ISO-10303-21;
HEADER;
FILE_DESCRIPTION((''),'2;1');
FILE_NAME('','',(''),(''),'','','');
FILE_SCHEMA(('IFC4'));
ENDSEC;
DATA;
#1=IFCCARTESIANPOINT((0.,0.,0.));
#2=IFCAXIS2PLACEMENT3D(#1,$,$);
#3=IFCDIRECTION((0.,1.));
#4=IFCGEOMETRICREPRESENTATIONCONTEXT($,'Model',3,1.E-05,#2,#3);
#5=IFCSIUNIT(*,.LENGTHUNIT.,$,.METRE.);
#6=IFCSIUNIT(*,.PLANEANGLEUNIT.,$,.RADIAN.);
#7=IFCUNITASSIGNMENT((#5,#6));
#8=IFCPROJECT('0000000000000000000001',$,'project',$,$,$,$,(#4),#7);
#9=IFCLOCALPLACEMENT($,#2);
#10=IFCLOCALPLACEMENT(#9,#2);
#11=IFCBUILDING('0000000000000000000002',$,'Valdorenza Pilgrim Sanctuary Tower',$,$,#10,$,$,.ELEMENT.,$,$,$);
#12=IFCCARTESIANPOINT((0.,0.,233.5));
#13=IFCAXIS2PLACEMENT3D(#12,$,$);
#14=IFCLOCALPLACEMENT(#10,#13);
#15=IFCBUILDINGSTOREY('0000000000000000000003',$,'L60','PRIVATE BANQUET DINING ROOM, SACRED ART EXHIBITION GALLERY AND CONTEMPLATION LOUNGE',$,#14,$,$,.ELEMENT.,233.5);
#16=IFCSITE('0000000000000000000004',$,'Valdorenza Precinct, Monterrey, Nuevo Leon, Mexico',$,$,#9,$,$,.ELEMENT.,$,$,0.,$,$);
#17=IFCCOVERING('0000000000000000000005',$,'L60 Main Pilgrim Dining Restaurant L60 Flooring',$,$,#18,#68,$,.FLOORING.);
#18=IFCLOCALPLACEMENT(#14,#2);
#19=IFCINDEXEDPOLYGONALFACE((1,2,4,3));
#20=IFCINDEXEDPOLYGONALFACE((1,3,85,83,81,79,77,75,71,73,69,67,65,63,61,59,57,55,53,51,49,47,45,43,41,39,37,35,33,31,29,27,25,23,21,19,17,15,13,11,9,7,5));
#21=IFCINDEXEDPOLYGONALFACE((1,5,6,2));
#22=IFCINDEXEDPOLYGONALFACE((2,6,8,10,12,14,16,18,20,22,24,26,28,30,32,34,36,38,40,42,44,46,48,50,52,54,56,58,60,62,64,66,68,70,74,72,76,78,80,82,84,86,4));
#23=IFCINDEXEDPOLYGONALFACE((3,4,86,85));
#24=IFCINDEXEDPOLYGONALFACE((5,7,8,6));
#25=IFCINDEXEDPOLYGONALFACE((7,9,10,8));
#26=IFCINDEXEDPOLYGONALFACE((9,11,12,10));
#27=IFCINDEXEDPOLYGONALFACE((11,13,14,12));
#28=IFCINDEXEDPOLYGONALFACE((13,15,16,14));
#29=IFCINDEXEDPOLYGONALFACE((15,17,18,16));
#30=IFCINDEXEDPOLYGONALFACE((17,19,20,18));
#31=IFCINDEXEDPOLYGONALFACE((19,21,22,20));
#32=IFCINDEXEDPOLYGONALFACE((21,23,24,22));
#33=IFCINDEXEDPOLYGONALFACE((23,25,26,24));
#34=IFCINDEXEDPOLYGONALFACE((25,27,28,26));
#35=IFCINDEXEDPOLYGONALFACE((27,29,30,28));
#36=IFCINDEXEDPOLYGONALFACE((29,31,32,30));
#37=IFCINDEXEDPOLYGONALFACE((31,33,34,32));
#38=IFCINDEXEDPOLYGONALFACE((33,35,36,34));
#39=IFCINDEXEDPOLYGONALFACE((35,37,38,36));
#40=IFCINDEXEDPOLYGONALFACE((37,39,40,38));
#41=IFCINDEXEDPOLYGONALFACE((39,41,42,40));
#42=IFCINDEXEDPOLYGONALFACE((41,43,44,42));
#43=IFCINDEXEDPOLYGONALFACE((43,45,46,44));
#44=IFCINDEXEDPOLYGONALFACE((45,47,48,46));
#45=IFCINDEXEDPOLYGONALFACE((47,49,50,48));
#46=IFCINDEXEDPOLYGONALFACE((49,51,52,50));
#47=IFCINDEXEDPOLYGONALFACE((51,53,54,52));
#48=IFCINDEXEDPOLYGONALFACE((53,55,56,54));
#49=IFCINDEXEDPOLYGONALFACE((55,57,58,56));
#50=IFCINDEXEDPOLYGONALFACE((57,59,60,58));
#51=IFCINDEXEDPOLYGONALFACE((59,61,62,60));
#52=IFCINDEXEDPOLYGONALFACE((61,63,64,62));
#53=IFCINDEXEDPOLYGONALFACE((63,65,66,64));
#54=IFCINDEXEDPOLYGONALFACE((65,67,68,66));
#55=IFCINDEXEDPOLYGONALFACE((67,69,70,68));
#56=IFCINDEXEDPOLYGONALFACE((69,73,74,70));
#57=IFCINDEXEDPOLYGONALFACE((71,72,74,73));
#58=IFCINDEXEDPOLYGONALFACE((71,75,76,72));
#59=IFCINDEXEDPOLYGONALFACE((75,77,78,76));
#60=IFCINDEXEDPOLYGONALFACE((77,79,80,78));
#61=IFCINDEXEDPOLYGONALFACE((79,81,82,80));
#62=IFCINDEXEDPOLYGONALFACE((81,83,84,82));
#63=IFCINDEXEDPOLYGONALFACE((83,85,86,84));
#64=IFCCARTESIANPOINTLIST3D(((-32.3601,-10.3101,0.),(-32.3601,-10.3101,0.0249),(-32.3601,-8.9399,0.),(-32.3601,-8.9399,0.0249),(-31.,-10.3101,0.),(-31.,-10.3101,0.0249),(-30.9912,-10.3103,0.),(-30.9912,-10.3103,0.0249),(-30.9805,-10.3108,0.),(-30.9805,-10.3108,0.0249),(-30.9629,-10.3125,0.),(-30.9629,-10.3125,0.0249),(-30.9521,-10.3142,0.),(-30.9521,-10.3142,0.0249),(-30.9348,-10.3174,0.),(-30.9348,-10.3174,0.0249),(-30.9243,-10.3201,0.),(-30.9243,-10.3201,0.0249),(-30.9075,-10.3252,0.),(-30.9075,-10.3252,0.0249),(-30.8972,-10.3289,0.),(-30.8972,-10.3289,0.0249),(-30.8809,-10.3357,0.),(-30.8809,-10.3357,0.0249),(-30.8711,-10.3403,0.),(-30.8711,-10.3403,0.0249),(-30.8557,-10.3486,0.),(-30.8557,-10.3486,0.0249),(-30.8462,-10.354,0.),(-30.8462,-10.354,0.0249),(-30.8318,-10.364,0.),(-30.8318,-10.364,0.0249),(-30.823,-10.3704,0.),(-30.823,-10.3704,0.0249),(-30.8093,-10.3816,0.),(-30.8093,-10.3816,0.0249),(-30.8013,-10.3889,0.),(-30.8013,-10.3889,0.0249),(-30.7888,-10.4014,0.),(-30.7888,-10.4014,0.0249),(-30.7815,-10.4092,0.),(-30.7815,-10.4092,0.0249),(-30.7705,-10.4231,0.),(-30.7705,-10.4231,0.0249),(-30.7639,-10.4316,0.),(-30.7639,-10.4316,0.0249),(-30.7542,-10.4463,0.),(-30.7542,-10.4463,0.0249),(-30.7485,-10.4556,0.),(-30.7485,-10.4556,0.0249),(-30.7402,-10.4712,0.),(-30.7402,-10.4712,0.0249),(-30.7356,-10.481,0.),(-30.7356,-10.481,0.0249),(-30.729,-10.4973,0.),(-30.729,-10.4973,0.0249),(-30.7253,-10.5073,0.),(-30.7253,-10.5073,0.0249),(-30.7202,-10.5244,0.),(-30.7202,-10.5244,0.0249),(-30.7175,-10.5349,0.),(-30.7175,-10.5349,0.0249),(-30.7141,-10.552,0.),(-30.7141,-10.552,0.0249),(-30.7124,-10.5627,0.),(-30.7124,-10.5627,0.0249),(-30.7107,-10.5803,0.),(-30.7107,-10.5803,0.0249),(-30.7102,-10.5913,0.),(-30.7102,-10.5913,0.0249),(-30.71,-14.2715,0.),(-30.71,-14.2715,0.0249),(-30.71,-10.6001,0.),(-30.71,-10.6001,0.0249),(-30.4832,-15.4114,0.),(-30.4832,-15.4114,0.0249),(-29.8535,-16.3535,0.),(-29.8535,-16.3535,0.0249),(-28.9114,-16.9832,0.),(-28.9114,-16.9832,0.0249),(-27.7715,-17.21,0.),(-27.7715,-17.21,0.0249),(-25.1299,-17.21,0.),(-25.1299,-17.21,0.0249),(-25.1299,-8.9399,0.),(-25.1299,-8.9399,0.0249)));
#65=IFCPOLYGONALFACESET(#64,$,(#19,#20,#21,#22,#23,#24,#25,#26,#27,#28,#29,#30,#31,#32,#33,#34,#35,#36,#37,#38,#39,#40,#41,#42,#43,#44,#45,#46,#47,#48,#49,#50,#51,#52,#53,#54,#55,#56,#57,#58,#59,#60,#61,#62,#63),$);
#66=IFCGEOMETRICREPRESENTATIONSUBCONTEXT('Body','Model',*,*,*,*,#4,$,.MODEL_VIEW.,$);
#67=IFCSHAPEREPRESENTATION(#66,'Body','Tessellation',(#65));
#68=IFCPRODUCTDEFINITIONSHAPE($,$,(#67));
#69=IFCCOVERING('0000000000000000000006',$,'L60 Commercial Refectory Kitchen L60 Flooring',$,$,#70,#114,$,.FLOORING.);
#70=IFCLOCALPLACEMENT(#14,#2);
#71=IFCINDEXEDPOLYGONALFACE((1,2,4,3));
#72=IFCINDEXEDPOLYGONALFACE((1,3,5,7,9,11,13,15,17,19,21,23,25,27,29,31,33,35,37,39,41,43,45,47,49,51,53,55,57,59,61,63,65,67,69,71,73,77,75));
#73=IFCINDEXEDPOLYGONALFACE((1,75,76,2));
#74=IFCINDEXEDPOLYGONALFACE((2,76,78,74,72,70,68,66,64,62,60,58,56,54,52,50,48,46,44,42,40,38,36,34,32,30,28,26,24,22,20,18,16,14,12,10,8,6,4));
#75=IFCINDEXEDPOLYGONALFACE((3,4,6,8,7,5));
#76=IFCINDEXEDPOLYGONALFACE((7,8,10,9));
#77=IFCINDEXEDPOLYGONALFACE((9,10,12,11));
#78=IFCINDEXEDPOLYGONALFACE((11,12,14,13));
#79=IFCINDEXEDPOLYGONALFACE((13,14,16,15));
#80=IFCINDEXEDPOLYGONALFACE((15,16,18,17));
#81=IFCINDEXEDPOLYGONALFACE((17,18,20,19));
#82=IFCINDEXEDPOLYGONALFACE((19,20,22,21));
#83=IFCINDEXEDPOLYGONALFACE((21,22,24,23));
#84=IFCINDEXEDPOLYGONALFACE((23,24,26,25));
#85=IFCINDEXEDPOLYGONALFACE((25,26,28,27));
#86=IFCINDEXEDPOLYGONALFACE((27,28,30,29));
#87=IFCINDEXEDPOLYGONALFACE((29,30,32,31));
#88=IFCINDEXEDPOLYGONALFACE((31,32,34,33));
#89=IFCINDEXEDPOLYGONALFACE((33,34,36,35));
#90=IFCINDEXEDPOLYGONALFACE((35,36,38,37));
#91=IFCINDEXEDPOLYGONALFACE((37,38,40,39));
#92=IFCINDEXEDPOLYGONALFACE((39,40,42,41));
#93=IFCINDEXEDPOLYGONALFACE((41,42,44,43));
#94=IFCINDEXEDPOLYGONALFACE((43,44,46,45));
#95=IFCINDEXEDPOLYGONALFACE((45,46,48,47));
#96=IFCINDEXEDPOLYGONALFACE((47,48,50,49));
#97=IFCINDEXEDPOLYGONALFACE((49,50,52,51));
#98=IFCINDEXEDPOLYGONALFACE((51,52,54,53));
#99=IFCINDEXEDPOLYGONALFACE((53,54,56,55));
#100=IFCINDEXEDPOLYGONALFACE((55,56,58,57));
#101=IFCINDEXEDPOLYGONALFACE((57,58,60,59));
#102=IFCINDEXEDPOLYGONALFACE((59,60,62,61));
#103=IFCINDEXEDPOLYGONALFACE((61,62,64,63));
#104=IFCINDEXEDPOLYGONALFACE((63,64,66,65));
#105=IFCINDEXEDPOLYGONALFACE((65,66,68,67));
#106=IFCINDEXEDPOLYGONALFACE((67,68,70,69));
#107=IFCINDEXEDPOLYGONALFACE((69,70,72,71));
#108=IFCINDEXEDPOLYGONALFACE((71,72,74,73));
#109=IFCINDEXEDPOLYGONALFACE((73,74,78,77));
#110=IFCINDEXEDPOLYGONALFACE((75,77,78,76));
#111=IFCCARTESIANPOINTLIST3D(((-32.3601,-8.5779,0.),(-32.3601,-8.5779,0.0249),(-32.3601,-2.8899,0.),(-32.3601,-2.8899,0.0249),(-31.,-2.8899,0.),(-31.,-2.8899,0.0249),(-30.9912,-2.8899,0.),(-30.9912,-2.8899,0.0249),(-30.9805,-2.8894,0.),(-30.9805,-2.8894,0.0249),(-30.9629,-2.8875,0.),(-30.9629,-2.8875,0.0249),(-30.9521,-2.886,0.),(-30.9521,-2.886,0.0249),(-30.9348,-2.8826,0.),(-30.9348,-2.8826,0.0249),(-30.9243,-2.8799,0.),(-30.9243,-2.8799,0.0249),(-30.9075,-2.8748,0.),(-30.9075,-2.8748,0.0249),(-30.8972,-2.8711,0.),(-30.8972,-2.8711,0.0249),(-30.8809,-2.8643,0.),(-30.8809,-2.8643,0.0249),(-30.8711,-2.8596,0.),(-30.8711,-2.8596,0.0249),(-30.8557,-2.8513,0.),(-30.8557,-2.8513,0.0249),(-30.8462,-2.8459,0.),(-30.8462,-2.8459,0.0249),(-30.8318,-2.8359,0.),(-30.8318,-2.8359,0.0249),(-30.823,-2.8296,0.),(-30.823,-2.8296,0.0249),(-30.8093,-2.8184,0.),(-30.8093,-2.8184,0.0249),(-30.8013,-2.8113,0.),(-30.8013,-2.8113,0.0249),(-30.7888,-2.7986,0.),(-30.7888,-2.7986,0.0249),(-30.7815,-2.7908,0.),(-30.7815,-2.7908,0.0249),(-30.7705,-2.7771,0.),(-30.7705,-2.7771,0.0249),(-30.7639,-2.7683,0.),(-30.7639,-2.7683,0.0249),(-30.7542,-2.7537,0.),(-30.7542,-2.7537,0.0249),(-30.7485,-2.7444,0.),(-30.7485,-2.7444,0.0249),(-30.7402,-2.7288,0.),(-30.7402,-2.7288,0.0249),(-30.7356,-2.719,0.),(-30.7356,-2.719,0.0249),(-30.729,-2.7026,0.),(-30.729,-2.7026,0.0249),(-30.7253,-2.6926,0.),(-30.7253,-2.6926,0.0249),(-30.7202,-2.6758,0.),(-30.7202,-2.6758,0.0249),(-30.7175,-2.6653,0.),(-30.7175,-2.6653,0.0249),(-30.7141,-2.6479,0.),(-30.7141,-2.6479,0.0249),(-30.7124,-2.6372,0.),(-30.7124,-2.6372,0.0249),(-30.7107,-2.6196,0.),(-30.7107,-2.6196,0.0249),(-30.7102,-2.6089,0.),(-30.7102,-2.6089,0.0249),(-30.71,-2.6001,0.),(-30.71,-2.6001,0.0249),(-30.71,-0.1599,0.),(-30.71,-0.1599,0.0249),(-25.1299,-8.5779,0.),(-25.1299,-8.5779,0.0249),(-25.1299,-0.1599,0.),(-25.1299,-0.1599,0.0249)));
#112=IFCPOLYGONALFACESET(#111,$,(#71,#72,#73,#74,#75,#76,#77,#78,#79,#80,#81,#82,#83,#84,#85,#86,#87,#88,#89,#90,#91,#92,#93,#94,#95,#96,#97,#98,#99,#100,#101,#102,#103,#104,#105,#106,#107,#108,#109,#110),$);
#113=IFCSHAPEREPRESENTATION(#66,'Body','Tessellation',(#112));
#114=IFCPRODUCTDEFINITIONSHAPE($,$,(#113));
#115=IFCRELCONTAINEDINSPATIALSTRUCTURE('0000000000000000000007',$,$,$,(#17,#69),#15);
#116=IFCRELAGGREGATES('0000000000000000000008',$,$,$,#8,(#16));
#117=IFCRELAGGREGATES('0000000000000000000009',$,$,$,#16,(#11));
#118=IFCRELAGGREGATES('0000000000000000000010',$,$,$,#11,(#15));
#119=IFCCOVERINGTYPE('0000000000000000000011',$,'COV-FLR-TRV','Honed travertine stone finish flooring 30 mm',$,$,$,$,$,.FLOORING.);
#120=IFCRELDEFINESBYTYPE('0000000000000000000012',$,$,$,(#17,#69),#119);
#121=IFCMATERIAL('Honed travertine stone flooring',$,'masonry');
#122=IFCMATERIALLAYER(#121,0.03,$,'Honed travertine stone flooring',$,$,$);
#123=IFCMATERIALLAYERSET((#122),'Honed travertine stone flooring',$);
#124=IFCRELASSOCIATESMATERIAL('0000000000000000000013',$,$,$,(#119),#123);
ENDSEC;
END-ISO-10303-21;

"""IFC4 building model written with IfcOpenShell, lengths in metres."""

from ifc_helpers import new_model, si_unit, direction, frame, origin, place, context, subcontext, project, spatial, polyline, outline, extrude, material, layer, layer_set, type_object, element, save


model = new_model("IFC4")

# Units and contexts
model_context = context("Model", 3, precision=1e-05, world=origin(), true_north=direction((0.0, 1.0)))
body_context = subcontext(model_context, "Body", "Model", "MODEL_VIEW")
ifc_project = project(units=[si_unit("LENGTHUNIT", "METRE"), si_unit("PLANEANGLEUNIT", "RADIAN")], contexts=[model_context])

# Site, building, storey
site_placement = place(None, origin())
site = spatial("IfcSite", under=ifc_project, at=site_placement, Name="Valdorenza Precinct, Monterrey, Nuevo Leon, Mexico", CompositionType="ELEMENT", RefElevation=0.0)
building_placement = place(site_placement, origin())
building = spatial("IfcBuilding", under=site, at=building_placement, Name="Valdorenza Pilgrim Sanctuary Tower", CompositionType="ELEMENT")
storey_placement = place(building_placement, frame((0.0, 0.0, 233.5)))
storey = spatial("IfcBuildingStorey", under=building, at=storey_placement, Name="L60", Description="PRIVATE BANQUET DINING ROOM, SACRED ART EXHIBITION GALLERY AND CONTEMPLATION LOUNGE", CompositionType="ELEMENT", Elevation=233.5)

# Coverings
ifc_material_1 = material(Name="Honed travertine stone flooring", Category="masonry")
ifc_layer_1 = layer(ifc_material_1, 0.03, Name="Honed travertine stone flooring")
ifc_layer_set_1 = layer_set([ifc_layer_1], Name="Honed travertine stone flooring")
covering_type_1 = type_object("IfcCoveringType", Name="COV-FLR-TRV", Description="Honed travertine stone finish flooring 30 mm", PredefinedType="FLOORING", material=ifc_layer_set_1)
covering_1_placement = place(storey_placement, origin())
element("IfcCovering", 1, at=covering_1_placement, inside=storey, type_object=covering_type_1, Name="L60 Main Pilgrim Dining Restaurant L60 Flooring", PredefinedType="FLOORING", context=body_context, shape_type="SweptSolid", body=[
    extrude(outline(polyline([(-25.1299, -17.21), (-27.7715, -17.21), (-28.9114, -16.9832), (-29.8535, -16.3535), (-30.4832, -15.4114), (-30.71, -14.2715), (-30.71, -10.6001), (-30.7102, -10.5913), (-30.7107, -10.5803), (-30.7124, -10.5627), (-30.7141, -10.552), (-30.7175, -10.5349), (-30.7202, -10.5244), (-30.7253, -10.5073), (-30.729, -10.4973), (-30.7356, -10.481), (-30.7402, -10.4712), (-30.7485, -10.4556), (-30.7542, -10.4463), (-30.7639, -10.4316), (-30.7705, -10.4231), (-30.7815, -10.4092), (-30.7888, -10.4014), (-30.8013, -10.3889), (-30.8093, -10.3816), (-30.823, -10.3704), (-30.8318, -10.364), (-30.8462, -10.354), (-30.8557, -10.3486), (-30.8711, -10.3403), (-30.8809, -10.3357), (-30.8972, -10.3289), (-30.9075, -10.3252), (-30.9243, -10.3201), (-30.9348, -10.3174), (-30.9521, -10.3142), (-30.9629, -10.3125), (-30.9805, -10.3108), (-30.9912, -10.3103), (-31.0, -10.3101), (-32.3601, -10.3101), (-32.3601, -8.9399), (-25.1299, -8.9399), (-25.1299, -17.21)])), origin(), (0.0, 0.0, 1.0), 0.0249),
])
covering_2_placement = place(storey_placement, origin())
element("IfcCovering", 2, at=covering_2_placement, inside=storey, type_object=covering_type_1, Name="L60 Commercial Refectory Kitchen L60 Flooring", PredefinedType="FLOORING", context=body_context, shape_type="SweptSolid", body=[
    extrude(outline(polyline([(-25.1299, -8.5779), (-32.3601, -8.5779), (-32.3601, -2.8899), (-31.0, -2.8899), (-30.9912, -2.8899), (-30.9805, -2.8894), (-30.9629, -2.8875), (-30.9521, -2.886), (-30.9348, -2.8826), (-30.9243, -2.8799), (-30.9075, -2.8748), (-30.8972, -2.8711), (-30.8809, -2.8643), (-30.8711, -2.8596), (-30.8557, -2.8513), (-30.8462, -2.8459), (-30.8318, -2.8359), (-30.823, -2.8296), (-30.8093, -2.8184), (-30.8013, -2.8113), (-30.7888, -2.7986), (-30.7815, -2.7908), (-30.7705, -2.7771), (-30.7639, -2.7683), (-30.7542, -2.7537), (-30.7485, -2.7444), (-30.7402, -2.7288), (-30.7356, -2.719), (-30.729, -2.7026), (-30.7253, -2.6926), (-30.7202, -2.6758), (-30.7175, -2.6653), (-30.7141, -2.6479), (-30.7124, -2.6372), (-30.7107, -2.6196), (-30.7102, -2.6089), (-30.71, -2.6001), (-30.71, -0.1599), (-25.1299, -0.1599), (-25.1299, -8.5779)])), origin(), (0.0, 0.0, 1.0), 0.0249),
])

save(model, "model.ifc")
